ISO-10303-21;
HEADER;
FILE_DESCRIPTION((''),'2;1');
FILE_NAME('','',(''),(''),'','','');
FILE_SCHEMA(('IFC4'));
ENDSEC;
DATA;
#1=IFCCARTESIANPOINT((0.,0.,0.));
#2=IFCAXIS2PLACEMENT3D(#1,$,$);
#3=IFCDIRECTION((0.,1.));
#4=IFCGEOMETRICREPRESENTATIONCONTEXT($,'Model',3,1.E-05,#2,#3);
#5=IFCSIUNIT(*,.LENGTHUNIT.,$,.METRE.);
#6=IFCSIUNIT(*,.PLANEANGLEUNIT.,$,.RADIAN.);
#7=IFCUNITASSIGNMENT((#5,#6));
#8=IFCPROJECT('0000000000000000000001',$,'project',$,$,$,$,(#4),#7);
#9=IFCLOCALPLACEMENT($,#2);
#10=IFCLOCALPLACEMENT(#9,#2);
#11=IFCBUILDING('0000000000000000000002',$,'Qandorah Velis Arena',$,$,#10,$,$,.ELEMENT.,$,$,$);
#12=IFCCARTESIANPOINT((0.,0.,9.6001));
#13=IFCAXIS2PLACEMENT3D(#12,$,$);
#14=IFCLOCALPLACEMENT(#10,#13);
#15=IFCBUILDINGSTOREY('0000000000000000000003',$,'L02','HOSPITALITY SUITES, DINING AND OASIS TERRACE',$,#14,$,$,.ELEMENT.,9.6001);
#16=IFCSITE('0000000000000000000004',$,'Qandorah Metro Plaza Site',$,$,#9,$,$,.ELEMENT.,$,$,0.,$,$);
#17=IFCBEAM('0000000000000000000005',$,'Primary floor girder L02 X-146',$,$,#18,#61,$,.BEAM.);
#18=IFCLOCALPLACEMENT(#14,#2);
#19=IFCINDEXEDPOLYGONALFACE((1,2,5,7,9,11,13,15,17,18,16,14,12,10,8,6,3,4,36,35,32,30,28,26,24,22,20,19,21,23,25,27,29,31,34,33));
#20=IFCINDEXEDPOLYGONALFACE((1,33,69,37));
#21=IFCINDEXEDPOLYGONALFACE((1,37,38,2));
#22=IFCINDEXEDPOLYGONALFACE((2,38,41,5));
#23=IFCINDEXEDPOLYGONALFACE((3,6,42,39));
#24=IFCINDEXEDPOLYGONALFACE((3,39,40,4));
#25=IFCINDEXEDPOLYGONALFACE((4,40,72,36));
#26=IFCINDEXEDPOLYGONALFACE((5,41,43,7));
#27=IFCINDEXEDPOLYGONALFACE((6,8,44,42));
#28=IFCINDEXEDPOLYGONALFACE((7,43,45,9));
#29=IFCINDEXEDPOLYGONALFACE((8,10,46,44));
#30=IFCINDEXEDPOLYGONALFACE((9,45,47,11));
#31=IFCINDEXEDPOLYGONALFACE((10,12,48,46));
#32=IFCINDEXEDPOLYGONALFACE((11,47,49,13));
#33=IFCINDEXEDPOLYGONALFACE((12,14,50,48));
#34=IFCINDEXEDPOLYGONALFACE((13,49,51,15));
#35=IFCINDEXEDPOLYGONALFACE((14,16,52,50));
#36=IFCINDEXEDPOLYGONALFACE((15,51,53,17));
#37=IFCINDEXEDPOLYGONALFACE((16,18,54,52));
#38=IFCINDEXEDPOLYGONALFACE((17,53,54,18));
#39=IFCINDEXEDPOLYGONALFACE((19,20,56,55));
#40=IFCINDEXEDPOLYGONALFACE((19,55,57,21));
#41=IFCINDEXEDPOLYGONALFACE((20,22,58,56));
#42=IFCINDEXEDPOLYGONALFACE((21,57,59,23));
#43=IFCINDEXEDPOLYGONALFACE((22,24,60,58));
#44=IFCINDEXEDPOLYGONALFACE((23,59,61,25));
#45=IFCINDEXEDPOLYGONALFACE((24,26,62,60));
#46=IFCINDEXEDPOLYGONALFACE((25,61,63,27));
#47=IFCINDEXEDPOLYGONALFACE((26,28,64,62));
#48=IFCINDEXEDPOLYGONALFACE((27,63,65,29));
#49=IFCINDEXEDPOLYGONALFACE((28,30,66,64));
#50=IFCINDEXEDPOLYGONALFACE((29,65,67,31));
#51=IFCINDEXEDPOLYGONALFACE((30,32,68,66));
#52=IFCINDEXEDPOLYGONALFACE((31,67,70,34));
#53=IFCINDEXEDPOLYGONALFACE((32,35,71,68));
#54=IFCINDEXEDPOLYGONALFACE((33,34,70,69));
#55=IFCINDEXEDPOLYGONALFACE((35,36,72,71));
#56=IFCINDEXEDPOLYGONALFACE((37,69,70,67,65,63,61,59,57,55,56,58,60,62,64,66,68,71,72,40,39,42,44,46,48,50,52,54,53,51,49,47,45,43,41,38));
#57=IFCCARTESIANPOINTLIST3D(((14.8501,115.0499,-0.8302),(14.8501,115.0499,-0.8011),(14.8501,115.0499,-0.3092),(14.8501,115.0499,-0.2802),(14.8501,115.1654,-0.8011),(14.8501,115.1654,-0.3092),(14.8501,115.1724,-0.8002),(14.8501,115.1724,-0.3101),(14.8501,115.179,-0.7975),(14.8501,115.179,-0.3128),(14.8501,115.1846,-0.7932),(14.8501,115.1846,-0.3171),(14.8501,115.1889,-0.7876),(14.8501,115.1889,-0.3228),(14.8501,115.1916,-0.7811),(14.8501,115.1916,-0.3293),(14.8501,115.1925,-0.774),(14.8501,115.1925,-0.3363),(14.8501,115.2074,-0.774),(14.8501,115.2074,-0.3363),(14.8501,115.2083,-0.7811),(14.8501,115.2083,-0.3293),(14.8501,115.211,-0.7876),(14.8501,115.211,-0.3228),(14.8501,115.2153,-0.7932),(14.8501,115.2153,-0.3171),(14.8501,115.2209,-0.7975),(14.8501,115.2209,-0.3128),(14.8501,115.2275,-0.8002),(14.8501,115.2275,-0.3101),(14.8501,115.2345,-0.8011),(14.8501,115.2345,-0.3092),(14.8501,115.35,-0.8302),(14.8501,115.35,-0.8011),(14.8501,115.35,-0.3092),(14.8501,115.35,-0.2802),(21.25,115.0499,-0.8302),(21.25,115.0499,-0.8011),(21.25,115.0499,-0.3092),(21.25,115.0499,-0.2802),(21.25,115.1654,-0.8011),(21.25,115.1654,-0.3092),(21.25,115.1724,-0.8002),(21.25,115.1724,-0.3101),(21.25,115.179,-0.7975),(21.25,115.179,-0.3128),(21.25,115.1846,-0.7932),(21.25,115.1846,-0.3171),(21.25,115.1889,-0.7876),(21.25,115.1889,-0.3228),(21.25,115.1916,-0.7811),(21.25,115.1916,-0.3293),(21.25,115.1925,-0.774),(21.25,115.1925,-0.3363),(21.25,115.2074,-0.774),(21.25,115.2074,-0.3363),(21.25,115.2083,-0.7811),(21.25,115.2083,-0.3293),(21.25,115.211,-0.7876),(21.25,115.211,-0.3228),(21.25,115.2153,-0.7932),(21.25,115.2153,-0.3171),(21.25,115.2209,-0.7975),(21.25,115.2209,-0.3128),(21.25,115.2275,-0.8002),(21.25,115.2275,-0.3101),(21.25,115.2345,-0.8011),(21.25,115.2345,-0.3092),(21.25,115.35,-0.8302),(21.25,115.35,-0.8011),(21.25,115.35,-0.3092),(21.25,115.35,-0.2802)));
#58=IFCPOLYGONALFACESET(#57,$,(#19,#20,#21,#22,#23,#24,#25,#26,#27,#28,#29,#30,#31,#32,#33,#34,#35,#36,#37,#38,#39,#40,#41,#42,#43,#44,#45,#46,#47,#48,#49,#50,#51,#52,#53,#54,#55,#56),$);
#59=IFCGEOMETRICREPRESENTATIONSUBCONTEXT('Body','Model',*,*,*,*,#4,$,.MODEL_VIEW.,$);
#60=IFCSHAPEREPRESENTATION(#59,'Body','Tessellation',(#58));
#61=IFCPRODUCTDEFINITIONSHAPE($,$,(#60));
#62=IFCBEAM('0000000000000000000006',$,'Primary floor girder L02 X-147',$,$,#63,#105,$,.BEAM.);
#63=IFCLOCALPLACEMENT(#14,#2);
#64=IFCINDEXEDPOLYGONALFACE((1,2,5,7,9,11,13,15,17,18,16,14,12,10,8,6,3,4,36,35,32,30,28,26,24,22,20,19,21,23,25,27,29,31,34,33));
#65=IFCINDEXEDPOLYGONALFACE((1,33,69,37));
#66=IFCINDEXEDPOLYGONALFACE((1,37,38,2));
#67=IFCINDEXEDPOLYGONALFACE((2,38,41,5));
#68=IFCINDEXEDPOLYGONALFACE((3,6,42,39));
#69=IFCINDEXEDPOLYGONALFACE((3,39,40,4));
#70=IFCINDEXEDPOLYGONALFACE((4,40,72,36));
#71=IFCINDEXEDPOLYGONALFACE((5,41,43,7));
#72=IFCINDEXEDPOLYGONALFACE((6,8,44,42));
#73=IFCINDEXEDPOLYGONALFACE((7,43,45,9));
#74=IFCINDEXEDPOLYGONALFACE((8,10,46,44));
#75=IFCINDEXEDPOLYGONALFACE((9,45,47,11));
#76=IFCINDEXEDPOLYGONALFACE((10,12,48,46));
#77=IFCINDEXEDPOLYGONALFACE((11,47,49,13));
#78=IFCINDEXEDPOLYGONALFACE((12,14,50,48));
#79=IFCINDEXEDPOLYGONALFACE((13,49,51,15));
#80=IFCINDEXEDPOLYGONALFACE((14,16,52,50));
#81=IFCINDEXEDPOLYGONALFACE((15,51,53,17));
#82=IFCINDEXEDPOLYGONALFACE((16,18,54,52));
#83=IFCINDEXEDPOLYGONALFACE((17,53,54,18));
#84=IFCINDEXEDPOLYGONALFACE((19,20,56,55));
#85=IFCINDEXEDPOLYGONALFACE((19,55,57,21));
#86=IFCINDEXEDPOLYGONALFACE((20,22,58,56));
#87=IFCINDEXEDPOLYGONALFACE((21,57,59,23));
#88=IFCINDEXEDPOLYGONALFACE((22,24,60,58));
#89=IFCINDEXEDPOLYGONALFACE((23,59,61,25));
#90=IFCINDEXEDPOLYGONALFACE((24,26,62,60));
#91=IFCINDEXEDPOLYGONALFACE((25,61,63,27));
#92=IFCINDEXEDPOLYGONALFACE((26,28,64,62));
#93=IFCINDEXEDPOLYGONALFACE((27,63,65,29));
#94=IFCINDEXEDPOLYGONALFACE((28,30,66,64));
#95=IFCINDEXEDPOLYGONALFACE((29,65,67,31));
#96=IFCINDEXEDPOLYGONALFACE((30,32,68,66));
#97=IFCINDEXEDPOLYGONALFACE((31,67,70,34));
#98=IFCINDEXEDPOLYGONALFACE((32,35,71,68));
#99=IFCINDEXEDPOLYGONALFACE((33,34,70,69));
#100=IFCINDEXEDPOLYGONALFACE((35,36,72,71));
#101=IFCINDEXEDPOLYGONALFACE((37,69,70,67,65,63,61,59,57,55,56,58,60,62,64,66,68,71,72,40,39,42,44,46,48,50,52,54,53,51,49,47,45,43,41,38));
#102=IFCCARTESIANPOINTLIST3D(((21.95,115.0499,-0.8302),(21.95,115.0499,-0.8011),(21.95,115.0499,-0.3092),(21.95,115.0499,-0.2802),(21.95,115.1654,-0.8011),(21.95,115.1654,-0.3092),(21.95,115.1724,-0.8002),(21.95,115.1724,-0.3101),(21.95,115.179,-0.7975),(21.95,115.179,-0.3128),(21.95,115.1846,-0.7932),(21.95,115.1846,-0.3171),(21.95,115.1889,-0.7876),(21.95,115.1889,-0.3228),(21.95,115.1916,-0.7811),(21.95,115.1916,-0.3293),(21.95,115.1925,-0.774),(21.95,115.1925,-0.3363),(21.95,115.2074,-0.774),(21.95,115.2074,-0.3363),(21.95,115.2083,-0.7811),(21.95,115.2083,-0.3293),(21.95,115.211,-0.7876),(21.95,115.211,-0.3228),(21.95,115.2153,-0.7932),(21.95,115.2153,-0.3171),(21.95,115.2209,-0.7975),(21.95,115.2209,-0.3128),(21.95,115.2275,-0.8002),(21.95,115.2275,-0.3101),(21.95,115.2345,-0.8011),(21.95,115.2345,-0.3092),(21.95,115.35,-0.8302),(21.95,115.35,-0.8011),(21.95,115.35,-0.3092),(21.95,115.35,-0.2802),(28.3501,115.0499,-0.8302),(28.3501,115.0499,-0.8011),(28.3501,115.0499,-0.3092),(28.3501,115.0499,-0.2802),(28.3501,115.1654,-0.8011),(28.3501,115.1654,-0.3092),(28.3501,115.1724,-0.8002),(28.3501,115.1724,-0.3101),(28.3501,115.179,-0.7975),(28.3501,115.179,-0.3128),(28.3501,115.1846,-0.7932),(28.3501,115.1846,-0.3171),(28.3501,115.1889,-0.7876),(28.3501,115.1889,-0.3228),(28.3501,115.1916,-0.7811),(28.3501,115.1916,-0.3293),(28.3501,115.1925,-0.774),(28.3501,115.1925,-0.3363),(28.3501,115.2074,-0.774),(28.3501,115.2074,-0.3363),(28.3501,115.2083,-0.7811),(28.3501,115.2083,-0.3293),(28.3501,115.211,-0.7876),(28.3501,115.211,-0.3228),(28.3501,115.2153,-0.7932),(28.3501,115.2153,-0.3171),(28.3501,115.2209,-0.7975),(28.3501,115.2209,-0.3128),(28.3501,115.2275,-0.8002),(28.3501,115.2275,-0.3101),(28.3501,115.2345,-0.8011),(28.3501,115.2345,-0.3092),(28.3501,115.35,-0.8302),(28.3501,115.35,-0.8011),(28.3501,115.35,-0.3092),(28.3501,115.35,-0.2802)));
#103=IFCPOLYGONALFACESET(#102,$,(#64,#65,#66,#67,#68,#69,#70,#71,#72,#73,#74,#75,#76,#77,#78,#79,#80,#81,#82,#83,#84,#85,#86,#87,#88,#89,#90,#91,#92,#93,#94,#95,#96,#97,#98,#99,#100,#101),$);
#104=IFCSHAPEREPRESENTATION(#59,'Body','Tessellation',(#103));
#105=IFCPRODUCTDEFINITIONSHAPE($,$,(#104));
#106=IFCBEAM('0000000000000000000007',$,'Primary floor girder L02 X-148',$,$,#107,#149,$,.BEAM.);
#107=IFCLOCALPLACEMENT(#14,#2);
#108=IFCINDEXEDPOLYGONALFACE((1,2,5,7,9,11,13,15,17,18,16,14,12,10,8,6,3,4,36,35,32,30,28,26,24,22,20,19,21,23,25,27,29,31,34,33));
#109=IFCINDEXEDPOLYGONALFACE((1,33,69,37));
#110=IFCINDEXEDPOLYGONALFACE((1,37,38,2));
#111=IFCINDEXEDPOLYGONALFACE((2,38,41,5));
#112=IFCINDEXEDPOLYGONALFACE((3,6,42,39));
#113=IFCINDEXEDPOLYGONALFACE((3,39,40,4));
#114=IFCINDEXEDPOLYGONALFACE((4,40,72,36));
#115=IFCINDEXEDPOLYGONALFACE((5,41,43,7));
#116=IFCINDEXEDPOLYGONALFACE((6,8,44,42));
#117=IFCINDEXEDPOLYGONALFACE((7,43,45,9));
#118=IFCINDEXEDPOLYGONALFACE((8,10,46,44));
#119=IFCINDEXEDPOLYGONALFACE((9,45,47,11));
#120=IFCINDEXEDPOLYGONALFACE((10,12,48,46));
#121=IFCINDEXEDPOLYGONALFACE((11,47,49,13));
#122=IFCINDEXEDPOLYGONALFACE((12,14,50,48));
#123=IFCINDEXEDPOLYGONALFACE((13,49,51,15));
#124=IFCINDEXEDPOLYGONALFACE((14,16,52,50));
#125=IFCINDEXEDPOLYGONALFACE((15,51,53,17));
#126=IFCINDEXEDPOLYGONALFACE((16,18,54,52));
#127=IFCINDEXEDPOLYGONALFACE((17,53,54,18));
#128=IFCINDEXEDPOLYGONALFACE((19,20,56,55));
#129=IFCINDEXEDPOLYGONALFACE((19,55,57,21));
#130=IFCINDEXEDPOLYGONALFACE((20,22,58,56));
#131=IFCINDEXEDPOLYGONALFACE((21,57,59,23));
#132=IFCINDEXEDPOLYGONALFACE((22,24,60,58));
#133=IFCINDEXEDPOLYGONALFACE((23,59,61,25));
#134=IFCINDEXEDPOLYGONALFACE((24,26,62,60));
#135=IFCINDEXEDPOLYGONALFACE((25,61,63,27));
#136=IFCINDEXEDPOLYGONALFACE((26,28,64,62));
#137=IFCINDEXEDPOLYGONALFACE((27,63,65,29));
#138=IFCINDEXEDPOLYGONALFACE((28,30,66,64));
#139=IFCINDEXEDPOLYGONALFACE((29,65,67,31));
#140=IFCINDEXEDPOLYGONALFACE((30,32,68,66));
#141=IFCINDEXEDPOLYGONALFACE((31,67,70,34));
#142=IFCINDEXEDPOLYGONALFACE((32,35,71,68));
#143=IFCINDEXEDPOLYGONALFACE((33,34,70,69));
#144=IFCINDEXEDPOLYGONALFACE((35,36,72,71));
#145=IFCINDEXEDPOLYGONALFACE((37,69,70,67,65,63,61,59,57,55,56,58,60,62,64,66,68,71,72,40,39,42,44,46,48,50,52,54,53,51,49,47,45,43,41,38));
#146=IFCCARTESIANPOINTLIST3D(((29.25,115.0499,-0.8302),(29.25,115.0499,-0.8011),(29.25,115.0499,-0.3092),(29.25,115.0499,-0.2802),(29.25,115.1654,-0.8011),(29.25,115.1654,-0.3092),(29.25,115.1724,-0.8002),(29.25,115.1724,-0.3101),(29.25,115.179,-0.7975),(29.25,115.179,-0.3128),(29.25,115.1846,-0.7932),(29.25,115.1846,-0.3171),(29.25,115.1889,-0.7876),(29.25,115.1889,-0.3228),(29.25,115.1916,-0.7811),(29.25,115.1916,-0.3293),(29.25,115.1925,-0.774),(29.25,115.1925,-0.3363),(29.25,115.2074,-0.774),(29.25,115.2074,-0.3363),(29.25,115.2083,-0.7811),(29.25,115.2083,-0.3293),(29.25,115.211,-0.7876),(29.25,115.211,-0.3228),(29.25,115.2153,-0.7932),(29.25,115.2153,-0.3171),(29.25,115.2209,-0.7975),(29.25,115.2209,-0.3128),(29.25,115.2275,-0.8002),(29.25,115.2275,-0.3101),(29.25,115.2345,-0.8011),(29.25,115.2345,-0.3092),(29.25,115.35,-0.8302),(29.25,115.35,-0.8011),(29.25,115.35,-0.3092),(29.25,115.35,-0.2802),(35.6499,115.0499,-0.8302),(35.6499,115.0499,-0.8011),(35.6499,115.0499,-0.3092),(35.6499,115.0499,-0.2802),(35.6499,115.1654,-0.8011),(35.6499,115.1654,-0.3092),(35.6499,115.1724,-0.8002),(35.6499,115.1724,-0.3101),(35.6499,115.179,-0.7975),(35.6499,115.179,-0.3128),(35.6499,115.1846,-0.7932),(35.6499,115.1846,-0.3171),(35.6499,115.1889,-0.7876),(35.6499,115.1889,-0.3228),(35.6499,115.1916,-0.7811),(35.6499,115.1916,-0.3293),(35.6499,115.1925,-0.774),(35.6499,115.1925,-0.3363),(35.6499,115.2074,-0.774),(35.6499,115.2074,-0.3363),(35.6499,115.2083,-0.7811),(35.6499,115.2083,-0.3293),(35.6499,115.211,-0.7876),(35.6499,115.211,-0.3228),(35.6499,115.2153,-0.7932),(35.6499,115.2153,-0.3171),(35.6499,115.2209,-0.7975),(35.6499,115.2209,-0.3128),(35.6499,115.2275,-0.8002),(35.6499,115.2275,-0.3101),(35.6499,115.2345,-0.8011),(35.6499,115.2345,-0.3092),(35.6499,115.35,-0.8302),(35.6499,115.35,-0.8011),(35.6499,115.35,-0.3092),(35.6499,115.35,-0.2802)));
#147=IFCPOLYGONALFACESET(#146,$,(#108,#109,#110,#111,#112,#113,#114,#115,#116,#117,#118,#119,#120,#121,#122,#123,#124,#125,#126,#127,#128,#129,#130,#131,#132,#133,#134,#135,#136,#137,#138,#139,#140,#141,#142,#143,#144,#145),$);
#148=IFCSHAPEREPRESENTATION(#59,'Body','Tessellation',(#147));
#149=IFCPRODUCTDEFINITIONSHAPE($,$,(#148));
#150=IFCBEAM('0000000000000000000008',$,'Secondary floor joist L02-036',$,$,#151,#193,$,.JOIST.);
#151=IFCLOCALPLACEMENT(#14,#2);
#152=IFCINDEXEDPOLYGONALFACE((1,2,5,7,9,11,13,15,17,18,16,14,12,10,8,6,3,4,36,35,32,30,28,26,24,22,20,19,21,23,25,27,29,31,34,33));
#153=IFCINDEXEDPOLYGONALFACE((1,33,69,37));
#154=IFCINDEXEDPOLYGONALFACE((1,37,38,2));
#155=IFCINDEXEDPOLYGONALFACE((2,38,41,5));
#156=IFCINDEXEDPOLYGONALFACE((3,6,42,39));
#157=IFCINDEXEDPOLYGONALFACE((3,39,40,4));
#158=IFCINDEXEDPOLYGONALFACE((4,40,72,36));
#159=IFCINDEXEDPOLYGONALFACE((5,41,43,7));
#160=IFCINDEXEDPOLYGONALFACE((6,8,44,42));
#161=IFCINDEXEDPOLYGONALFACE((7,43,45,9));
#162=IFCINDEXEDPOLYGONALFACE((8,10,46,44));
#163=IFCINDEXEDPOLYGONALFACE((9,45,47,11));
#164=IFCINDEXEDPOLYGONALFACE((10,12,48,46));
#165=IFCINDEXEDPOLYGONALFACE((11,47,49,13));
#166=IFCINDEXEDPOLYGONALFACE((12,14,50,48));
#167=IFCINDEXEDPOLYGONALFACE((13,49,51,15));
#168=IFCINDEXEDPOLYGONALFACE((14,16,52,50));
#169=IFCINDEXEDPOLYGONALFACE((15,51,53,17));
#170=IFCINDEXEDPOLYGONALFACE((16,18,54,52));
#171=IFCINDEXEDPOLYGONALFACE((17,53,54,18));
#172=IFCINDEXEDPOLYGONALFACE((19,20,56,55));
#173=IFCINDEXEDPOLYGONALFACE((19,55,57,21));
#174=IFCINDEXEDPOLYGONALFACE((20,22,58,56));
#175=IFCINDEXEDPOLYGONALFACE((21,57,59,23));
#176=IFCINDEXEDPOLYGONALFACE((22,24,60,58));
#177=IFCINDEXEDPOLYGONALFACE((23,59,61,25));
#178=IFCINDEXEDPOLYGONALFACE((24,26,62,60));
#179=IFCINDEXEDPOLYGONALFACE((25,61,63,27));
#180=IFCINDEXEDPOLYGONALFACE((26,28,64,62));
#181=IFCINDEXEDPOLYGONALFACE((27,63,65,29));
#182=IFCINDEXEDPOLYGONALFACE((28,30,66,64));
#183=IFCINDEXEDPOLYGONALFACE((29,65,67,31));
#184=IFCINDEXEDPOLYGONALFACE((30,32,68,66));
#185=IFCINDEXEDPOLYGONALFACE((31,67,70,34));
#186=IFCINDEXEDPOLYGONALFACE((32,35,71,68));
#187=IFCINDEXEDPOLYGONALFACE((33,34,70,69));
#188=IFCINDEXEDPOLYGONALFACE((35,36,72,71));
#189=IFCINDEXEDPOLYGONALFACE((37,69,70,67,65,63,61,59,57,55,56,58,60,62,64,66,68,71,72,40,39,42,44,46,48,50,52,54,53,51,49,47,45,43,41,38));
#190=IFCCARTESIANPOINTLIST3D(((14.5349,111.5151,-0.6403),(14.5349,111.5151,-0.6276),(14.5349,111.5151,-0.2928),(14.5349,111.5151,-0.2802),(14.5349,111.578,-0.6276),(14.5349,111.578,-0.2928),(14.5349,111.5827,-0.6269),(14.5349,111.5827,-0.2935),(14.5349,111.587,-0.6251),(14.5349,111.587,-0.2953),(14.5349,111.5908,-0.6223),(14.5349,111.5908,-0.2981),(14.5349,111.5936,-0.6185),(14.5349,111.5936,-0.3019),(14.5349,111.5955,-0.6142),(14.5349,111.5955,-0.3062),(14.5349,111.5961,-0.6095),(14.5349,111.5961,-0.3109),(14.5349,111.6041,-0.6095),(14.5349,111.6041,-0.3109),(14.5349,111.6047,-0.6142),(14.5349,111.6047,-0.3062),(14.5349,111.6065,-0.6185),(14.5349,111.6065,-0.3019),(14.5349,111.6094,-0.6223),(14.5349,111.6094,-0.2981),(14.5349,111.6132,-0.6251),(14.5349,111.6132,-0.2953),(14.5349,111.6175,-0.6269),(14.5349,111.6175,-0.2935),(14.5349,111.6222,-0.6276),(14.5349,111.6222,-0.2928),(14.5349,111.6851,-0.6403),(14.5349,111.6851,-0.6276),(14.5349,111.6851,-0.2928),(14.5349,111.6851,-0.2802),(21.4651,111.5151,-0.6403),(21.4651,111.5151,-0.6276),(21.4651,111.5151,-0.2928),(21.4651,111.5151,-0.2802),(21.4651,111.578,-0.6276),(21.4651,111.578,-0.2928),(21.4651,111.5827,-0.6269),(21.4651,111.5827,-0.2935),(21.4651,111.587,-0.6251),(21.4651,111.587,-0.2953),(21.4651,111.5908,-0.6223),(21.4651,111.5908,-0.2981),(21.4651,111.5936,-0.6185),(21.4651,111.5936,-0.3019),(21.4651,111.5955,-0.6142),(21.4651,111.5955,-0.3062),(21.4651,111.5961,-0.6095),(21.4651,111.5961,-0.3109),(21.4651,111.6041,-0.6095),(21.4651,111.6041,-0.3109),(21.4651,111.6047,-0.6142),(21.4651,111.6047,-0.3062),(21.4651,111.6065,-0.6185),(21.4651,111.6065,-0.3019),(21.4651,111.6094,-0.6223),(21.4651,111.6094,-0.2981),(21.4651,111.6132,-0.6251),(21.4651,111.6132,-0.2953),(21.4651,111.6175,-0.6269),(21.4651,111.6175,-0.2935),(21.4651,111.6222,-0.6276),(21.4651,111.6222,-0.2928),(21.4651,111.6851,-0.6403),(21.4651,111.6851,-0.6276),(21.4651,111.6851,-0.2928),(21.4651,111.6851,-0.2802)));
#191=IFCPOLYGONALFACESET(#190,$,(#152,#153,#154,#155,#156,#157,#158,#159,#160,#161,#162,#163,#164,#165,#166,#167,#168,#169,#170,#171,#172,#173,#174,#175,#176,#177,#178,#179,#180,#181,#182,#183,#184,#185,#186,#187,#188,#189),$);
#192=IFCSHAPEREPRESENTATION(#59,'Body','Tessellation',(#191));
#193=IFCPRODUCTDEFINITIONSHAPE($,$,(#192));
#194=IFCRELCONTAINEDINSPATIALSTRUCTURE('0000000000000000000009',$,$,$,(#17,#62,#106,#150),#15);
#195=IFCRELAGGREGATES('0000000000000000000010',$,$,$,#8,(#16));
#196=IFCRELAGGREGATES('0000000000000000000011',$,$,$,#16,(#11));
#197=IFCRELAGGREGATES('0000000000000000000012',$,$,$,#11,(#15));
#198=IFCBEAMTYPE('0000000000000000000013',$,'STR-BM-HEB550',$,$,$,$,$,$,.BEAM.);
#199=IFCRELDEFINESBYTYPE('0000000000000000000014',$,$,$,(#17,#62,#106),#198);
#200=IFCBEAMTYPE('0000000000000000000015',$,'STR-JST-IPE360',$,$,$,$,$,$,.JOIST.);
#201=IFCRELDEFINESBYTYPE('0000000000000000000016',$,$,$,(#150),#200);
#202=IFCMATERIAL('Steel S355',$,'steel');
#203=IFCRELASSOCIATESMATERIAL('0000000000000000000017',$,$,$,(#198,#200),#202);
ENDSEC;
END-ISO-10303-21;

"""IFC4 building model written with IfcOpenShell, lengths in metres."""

from ifc_helpers import new_model, si_unit, direction, frame, origin, origin_2d, place, context, subcontext, project, spatial, i_section, extrude, material, material_profile, profile_set, type_object, element, save


model = new_model("IFC4")

# Units and contexts
model_context = context("Model", 3, precision=1e-05, world=origin(), true_north=direction((0.0, 1.0)))
body_context = subcontext(model_context, "Body", "Model", "MODEL_VIEW")
ifc_project = project(units=[si_unit("LENGTHUNIT", "METRE"), si_unit("PLANEANGLEUNIT", "RADIAN")], contexts=[model_context])

# Site, building, storey
site_placement = place(None, origin())
site = spatial("IfcSite", under=ifc_project, at=site_placement, Name="Qandorah Metro Plaza Site", CompositionType="ELEMENT", RefElevation=0.0)
building_placement = place(site_placement, origin())
building = spatial("IfcBuilding", under=site, at=building_placement, Name="Qandorah Velis Arena", CompositionType="ELEMENT")
storey_placement = place(building_placement, frame((0.0, 0.0, 9.6001)))
storey = spatial("IfcBuildingStorey", under=building, at=storey_placement, Name="L02", Description="HOSPITALITY SUITES, DINING AND OASIS TERRACE", CompositionType="ELEMENT", Elevation=9.6001)

# Shared definitions
ifc_material_1 = material(Name="Steel S355", Category="steel")

# Beams
ifc_material_profile_1 = material_profile(ifc_material_1, i_section(OverallWidth=0.3, OverallDepth=0.55, WebThickness=0.0149, FlangeThickness=0.0291, FilletRadius=0.0271, at=origin_2d()), Name="HEB 550")
ifc_profile_set_1 = profile_set([ifc_material_profile_1], Name="Steel S355")
beam_type_1 = type_object("IfcBeamType", Name="STR-BM-HEB550", PredefinedType="BEAM", material=ifc_profile_set_1)
beam_1_placement = place(storey_placement, frame((14.8501, 115.2, -0.5552), z_axis=(1.0, 0.0, 0.0), x_axis=(0.0, 1.0, 0.0)))
element("IfcBeam", 1, at=beam_1_placement, inside=storey, type_object=beam_type_1, Name="Primary floor girder L02 X-146", PredefinedType="BEAM", context=body_context, shape_type="SweptSolid", body=[
    extrude(i_section(OverallWidth=0.3, OverallDepth=0.55, WebThickness=0.0149, FlangeThickness=0.0291, FilletRadius=0.0271, at=origin_2d()), origin(), (0.0, 0.0, 1.0), 6.3999),
])
beam_2_placement = place(storey_placement, frame((21.95, 115.2, -0.5552), z_axis=(1.0, 0.0, 0.0), x_axis=(0.0, 1.0, 0.0)))
element("IfcBeam", 2, at=beam_2_placement, inside=storey, type_object=beam_type_1, Name="Primary floor girder L02 X-147", PredefinedType="BEAM", context=body_context, shape_type="SweptSolid", body=[
    extrude(i_section(OverallWidth=0.3, OverallDepth=0.55, WebThickness=0.0149, FlangeThickness=0.0291, FilletRadius=0.0271, at=origin_2d()), origin(), (0.0, 0.0, 1.0), 6.4001),
])
beam_3_placement = place(storey_placement, frame((29.25, 115.2, -0.5552), z_axis=(1.0, 0.0, 0.0), x_axis=(0.0, 1.0, 0.0)))
element("IfcBeam", 3, at=beam_3_placement, inside=storey, type_object=beam_type_1, Name="Primary floor girder L02 X-148", PredefinedType="BEAM", context=body_context, shape_type="SweptSolid", body=[
    extrude(i_section(OverallWidth=0.3, OverallDepth=0.55, WebThickness=0.0149, FlangeThickness=0.0291, FilletRadius=0.0271, at=origin_2d()), origin(), (0.0, 0.0, 1.0), 6.3999),
])
ifc_material_profile_2 = material_profile(ifc_material_1, i_section(OverallWidth=0.1699, OverallDepth=0.3601, WebThickness=0.0081, FlangeThickness=0.0127, FilletRadius=0.0181, at=origin_2d()), Name="IPE 360")
ifc_profile_set_2 = profile_set([ifc_material_profile_2], Name="Steel S355")
beam_type_2 = type_object("IfcBeamType", Name="STR-JST-IPE360", PredefinedType="JOIST", material=ifc_profile_set_2)
beam_4_placement = place(storey_placement, frame((14.5349, 111.6001, -0.4602), z_axis=(1.0, 0.0, 0.0), x_axis=(0.0, 1.0, 0.0)))
element("IfcBeam", 4, at=beam_4_placement, inside=storey, type_object=beam_type_2, Name="Secondary floor joist L02-036", PredefinedType="JOIST", context=body_context, shape_type="SweptSolid", body=[
    extrude(i_section(OverallWidth=0.1699, OverallDepth=0.3601, WebThickness=0.0081, FlangeThickness=0.0127, FilletRadius=0.0181, at=origin_2d()), origin(), (0.0, 0.0, 1.0), 6.9302),
])

save(model, "model.ifc")
